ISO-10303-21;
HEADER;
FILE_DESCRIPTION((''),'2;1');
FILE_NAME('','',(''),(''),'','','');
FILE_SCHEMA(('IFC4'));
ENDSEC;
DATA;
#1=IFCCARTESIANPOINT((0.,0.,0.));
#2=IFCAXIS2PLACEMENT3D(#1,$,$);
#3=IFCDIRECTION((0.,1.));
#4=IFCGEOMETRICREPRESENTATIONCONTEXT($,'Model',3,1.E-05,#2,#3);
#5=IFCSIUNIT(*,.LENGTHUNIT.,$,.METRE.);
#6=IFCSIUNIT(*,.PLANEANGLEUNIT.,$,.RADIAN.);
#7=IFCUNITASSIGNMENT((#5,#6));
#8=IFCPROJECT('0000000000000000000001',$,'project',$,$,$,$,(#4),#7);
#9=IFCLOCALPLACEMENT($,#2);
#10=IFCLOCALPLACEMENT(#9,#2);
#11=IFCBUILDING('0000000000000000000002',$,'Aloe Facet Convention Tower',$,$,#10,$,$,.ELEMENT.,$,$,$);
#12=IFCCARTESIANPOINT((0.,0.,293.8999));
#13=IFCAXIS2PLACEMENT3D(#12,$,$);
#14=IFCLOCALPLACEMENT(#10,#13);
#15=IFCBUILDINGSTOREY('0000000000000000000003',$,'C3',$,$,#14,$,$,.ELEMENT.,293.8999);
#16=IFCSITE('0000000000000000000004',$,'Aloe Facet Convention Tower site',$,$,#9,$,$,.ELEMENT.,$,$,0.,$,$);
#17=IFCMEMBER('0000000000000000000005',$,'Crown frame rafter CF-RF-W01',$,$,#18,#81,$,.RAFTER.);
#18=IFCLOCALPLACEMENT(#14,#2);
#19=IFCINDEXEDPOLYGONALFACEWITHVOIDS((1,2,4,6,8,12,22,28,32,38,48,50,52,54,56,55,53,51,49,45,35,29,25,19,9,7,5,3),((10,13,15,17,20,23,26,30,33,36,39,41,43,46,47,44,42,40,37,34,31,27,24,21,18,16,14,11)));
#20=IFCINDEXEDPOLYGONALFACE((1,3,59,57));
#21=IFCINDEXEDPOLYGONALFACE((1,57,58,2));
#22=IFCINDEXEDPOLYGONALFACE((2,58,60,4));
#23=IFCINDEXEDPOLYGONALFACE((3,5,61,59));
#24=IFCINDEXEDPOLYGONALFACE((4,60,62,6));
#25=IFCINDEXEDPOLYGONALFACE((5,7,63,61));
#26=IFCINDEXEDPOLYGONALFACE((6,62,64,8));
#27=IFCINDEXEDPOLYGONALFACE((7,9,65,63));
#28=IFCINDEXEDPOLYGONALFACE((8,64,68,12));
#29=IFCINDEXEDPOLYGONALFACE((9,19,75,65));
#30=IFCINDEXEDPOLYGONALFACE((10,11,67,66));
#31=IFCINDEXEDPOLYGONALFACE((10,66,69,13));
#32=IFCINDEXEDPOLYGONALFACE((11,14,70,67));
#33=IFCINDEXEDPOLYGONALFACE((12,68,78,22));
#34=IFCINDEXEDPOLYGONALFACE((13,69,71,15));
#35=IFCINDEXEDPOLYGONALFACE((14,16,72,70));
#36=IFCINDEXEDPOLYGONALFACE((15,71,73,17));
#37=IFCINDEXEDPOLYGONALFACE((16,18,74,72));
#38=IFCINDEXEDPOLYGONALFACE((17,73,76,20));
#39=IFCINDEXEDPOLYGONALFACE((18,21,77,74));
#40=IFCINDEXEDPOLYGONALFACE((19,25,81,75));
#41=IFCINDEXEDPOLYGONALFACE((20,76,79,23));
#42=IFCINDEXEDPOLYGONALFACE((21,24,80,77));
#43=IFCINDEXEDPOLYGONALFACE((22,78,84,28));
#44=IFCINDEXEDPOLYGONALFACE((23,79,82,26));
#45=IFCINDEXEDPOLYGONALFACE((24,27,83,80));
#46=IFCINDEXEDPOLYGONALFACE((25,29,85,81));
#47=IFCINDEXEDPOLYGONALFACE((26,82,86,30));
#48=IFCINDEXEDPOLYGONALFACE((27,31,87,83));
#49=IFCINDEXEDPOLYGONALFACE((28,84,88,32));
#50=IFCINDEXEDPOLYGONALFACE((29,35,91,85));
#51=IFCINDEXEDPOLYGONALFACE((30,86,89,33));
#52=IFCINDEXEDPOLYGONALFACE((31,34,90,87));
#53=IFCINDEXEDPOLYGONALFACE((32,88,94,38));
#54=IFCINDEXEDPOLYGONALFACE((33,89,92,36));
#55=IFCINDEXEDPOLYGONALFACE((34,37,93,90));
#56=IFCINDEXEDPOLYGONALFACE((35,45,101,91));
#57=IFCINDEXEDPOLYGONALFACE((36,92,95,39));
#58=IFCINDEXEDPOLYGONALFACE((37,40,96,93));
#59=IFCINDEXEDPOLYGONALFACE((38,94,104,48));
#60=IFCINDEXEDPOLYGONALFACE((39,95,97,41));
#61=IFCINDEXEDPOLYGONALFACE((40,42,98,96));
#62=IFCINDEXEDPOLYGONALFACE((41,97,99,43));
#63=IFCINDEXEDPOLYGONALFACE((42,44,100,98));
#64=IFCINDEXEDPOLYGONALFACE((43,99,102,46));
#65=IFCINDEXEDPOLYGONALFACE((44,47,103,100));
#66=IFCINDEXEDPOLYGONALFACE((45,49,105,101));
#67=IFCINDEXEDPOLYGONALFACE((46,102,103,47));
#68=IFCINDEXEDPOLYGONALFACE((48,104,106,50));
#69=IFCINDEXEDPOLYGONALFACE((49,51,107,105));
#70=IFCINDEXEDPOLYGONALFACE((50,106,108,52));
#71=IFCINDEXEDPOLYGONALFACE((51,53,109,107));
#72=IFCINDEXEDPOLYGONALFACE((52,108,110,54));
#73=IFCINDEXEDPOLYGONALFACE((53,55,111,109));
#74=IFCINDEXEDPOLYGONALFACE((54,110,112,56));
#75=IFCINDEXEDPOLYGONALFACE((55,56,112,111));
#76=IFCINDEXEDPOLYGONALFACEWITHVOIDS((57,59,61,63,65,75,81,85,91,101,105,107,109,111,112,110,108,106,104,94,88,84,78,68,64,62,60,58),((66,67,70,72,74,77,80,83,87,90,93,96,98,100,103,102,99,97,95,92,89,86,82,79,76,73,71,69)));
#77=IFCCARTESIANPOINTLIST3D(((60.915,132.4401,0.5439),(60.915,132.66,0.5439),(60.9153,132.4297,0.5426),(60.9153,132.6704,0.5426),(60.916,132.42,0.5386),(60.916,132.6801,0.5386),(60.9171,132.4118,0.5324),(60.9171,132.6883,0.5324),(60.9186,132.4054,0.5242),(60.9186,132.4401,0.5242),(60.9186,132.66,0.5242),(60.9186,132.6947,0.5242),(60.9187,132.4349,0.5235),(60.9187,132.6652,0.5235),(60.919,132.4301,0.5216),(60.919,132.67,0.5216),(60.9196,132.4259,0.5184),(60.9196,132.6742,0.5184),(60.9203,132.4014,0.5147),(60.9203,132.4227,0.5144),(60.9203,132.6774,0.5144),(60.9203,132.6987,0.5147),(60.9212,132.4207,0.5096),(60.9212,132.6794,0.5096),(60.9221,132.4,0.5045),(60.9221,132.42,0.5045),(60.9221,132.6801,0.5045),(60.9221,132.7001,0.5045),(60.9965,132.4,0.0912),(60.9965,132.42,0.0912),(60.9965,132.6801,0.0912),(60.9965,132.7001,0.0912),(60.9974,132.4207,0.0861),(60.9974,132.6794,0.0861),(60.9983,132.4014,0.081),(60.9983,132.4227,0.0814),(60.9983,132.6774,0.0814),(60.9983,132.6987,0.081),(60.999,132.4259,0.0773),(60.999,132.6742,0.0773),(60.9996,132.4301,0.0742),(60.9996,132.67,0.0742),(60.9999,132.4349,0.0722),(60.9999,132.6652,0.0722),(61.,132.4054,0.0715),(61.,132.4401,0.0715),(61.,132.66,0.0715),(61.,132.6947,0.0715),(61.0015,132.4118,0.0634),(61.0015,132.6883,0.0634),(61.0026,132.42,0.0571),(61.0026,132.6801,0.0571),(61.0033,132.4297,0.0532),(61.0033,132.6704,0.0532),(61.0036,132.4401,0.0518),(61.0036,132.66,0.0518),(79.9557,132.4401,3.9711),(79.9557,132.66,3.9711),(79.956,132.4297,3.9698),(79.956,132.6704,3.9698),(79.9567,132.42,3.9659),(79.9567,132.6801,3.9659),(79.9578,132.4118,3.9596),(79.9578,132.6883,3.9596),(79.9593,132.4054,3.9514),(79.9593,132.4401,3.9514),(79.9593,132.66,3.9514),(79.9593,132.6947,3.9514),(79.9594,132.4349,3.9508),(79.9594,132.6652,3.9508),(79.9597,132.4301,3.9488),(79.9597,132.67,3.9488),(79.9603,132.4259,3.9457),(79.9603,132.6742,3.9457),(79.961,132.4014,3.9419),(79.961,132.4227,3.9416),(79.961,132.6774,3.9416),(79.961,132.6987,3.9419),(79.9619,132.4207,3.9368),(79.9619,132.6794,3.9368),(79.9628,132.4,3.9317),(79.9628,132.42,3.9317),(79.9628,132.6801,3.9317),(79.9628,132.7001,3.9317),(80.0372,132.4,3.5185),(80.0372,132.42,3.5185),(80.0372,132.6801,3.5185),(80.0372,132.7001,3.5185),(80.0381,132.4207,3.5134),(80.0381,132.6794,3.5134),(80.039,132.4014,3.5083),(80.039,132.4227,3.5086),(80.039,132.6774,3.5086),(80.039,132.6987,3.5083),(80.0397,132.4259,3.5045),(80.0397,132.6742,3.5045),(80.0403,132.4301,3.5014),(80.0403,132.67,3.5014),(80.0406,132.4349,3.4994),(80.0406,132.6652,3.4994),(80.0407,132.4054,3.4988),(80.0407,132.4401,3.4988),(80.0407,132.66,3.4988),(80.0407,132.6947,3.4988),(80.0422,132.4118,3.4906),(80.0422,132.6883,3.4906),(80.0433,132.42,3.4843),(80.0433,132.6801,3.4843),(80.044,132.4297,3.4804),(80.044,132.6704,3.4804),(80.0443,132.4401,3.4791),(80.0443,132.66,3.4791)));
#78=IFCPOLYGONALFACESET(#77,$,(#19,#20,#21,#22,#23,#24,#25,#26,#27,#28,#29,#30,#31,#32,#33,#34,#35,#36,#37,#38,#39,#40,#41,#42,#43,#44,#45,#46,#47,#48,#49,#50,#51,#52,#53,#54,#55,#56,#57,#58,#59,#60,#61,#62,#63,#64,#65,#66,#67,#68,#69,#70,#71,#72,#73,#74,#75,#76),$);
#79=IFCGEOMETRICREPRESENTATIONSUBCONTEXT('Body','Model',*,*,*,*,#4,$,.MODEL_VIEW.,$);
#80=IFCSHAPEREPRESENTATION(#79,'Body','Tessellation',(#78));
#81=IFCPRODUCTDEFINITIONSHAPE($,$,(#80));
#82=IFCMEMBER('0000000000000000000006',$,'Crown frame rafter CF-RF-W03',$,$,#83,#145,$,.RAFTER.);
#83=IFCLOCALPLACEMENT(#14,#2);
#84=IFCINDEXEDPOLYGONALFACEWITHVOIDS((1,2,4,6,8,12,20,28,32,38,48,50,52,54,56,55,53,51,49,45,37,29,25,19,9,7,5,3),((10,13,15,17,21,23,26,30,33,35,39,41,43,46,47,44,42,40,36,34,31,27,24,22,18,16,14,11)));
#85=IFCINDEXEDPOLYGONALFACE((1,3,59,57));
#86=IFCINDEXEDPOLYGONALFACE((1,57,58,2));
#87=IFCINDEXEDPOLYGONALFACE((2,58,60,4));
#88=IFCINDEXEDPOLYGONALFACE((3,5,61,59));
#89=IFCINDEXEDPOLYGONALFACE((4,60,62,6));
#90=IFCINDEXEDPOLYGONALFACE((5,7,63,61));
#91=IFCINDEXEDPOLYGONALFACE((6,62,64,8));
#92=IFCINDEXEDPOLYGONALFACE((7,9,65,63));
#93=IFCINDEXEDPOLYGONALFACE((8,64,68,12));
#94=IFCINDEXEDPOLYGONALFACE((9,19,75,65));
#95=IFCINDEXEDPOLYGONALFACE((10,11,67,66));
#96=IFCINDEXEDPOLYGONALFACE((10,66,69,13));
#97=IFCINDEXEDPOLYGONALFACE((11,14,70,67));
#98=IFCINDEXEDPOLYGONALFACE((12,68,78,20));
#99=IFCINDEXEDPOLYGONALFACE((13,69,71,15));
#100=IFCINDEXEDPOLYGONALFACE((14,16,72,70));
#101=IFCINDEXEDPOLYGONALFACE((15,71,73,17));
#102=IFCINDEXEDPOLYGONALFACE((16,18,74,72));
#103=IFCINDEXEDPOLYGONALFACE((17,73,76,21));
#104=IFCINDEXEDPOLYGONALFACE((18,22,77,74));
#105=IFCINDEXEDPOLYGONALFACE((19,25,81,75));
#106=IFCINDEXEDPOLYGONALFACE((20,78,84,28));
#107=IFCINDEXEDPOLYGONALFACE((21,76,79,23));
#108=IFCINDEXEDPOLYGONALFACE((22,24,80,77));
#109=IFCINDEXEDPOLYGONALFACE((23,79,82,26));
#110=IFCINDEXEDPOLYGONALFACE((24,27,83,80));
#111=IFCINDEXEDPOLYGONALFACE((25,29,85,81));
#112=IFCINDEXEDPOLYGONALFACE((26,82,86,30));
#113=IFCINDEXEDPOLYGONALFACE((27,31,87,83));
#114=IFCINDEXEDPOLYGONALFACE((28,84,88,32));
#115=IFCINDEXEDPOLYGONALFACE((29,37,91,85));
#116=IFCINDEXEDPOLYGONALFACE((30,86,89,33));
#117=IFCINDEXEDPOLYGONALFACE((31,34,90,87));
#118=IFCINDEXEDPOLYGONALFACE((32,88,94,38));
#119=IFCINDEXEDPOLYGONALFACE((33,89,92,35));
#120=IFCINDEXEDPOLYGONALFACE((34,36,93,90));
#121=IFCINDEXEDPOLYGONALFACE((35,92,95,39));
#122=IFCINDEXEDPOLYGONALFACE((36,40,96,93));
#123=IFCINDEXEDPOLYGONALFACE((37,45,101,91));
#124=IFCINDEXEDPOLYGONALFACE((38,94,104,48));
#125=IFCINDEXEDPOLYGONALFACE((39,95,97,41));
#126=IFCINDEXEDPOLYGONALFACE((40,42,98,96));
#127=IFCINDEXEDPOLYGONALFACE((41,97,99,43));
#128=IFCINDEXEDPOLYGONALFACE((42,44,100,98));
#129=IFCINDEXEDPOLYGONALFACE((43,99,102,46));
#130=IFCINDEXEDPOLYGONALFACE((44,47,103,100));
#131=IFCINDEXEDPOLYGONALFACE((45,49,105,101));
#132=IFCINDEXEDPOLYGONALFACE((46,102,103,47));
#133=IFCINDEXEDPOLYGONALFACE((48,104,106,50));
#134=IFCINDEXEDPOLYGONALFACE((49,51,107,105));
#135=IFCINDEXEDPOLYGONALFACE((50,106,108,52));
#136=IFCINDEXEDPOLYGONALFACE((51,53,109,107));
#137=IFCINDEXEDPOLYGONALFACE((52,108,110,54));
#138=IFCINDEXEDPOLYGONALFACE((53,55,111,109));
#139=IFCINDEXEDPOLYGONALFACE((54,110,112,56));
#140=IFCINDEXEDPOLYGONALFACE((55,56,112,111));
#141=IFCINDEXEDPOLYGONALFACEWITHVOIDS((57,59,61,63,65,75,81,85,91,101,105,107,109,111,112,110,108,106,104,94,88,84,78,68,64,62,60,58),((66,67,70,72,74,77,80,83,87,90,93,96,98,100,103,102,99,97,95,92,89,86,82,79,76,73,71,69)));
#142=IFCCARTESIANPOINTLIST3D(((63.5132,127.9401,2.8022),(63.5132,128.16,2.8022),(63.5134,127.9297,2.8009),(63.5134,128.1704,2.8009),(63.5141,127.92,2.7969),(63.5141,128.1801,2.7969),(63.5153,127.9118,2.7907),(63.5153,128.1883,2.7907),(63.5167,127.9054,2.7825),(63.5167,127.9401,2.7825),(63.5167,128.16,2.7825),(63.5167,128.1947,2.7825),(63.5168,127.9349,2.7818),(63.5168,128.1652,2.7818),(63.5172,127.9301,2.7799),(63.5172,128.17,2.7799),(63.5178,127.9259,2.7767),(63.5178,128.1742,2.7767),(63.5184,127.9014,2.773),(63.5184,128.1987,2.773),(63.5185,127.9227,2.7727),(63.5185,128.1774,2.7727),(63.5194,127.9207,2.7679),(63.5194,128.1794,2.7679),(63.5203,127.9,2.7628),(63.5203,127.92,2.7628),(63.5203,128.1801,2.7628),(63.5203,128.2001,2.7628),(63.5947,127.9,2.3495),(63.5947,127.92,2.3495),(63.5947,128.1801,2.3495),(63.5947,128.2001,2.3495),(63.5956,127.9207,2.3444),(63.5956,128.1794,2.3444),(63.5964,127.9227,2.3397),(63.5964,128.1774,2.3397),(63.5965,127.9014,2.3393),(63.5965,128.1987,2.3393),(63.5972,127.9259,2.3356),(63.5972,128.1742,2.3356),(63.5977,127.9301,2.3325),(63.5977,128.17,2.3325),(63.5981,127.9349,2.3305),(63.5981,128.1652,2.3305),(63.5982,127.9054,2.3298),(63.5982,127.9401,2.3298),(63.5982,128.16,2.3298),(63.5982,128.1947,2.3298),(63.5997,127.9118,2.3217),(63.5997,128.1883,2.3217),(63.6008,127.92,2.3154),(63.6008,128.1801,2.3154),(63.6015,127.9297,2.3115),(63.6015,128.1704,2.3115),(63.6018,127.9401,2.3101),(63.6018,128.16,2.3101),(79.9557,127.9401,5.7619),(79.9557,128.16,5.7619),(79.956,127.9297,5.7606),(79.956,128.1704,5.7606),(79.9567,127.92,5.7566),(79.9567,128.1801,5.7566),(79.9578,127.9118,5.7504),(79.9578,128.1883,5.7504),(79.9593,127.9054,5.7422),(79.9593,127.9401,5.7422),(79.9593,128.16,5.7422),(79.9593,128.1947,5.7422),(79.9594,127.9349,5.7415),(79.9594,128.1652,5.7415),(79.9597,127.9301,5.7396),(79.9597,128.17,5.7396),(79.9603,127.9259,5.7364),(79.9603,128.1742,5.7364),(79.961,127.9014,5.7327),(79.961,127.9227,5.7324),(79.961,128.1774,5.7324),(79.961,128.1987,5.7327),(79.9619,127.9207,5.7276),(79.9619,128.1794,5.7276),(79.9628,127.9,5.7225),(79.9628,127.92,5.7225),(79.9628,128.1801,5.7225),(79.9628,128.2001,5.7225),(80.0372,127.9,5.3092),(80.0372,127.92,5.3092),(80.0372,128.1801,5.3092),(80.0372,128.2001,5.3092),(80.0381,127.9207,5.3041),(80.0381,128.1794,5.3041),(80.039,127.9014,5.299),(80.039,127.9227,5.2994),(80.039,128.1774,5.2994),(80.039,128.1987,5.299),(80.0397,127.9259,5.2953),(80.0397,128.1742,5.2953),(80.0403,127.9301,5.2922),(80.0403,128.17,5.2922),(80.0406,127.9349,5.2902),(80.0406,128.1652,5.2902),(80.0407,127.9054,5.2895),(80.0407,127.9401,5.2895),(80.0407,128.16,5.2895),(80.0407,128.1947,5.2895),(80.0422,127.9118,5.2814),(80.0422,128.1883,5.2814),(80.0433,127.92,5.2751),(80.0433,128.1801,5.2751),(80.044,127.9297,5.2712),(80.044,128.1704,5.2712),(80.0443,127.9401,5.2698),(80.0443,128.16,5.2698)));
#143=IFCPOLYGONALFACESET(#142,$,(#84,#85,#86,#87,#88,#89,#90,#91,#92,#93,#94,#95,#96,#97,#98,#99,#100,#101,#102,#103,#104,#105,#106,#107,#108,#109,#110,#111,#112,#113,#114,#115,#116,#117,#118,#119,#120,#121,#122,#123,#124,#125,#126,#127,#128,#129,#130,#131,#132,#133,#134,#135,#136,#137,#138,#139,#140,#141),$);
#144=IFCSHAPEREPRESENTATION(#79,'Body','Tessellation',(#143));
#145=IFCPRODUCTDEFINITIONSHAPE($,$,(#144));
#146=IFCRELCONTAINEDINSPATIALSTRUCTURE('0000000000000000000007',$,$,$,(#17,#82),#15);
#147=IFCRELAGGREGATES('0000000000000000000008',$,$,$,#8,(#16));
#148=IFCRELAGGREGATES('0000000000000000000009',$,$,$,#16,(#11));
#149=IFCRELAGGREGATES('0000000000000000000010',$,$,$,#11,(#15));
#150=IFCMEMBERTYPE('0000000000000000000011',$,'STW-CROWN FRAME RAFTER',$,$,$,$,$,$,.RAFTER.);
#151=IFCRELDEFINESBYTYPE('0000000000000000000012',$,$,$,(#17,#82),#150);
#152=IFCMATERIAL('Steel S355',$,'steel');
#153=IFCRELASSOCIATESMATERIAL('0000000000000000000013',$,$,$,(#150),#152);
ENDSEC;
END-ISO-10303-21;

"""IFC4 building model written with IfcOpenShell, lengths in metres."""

from ifc_helpers import new_model, si_unit, direction, frame, origin, origin_2d, place, context, subcontext, project, spatial, hollow_rectangle, extrude, material, material_profile, profile_set, type_object, element, save


model = new_model("IFC4")

# Units and contexts
model_context = context("Model", 3, precision=1e-05, world=origin(), true_north=direction((0.0, 1.0)))
body_context = subcontext(model_context, "Body", "Model", "MODEL_VIEW")
ifc_project = project(units=[si_unit("LENGTHUNIT", "METRE"), si_unit("PLANEANGLEUNIT", "RADIAN")], contexts=[model_context])

# Site, building, storey
site_placement = place(None, origin())
site = spatial("IfcSite", under=ifc_project, at=site_placement, Name="Aloe Facet Convention Tower site", CompositionType="ELEMENT", RefElevation=0.0)
building_placement = place(site_placement, origin())
building = spatial("IfcBuilding", under=site, at=building_placement, Name="Aloe Facet Convention Tower", CompositionType="ELEMENT")
storey_placement = place(building_placement, frame((0.0, 0.0, 293.8999)))
storey = spatial("IfcBuildingStorey", under=building, at=storey_placement, Name="C3", CompositionType="ELEMENT", Elevation=293.8999)

# Members
ifc_material_1 = material(Name="Steel S355", Category="steel")
ifc_material_profile_1 = material_profile(ifc_material_1, hollow_rectangle(XDim=0.3, YDim=0.5, WallThickness=0.02, InnerFilletRadius=0.02, OuterFilletRadius=0.04, at=origin_2d()), Name="RHS 500x300x20")
ifc_profile_set_1 = profile_set([ifc_material_profile_1], Name="Steel S355")
member_type_1 = type_object("IfcMemberType", Name="STW-CROWN FRAME RAFTER", PredefinedType="RAFTER", material=ifc_profile_set_1)
member_1_placement = place(storey_placement, frame((80.0, 132.55, 3.7251), z_axis=(-0.984184, 0.0, -0.177148), x_axis=(0.0, -1.0, 0.0)))
element("IfcMember", 1, at=member_1_placement, inside=storey, type_object=member_type_1, Name="Crown frame rafter CF-RF-W01", PredefinedType="RAFTER", context=body_context, shape_type="SweptSolid", body=[
    extrude(hollow_rectangle(XDim=0.3, YDim=0.5, WallThickness=0.02, InnerFilletRadius=0.02, OuterFilletRadius=0.04, at=origin_2d()), origin(), (0.0, 0.0, 1.0), 19.3467),
])
for number, where, z_axis, x_axis, name in (
    (2, (80.0, 128.05, 5.5159), (-0.984183, 0.0, -0.177156), (0.0, -1.0, 0.0), "Crown frame rafter CF-RF-W03"),
):
    element("IfcMember", number, at=place(storey_placement, frame(where, z_axis=z_axis, x_axis=x_axis)), inside=storey, type_object=member_type_1, Name=name, PredefinedType="RAFTER", context=body_context, shape_type="SweptSolid", body=[
        extrude(hollow_rectangle(XDim=0.3, YDim=0.5, WallThickness=0.02, InnerFilletRadius=0.02, OuterFilletRadius=0.04, at=origin_2d()), origin(), (0.0, 0.0, 1.0), 16.7068),
    ])

save(model, "model.ifc")
